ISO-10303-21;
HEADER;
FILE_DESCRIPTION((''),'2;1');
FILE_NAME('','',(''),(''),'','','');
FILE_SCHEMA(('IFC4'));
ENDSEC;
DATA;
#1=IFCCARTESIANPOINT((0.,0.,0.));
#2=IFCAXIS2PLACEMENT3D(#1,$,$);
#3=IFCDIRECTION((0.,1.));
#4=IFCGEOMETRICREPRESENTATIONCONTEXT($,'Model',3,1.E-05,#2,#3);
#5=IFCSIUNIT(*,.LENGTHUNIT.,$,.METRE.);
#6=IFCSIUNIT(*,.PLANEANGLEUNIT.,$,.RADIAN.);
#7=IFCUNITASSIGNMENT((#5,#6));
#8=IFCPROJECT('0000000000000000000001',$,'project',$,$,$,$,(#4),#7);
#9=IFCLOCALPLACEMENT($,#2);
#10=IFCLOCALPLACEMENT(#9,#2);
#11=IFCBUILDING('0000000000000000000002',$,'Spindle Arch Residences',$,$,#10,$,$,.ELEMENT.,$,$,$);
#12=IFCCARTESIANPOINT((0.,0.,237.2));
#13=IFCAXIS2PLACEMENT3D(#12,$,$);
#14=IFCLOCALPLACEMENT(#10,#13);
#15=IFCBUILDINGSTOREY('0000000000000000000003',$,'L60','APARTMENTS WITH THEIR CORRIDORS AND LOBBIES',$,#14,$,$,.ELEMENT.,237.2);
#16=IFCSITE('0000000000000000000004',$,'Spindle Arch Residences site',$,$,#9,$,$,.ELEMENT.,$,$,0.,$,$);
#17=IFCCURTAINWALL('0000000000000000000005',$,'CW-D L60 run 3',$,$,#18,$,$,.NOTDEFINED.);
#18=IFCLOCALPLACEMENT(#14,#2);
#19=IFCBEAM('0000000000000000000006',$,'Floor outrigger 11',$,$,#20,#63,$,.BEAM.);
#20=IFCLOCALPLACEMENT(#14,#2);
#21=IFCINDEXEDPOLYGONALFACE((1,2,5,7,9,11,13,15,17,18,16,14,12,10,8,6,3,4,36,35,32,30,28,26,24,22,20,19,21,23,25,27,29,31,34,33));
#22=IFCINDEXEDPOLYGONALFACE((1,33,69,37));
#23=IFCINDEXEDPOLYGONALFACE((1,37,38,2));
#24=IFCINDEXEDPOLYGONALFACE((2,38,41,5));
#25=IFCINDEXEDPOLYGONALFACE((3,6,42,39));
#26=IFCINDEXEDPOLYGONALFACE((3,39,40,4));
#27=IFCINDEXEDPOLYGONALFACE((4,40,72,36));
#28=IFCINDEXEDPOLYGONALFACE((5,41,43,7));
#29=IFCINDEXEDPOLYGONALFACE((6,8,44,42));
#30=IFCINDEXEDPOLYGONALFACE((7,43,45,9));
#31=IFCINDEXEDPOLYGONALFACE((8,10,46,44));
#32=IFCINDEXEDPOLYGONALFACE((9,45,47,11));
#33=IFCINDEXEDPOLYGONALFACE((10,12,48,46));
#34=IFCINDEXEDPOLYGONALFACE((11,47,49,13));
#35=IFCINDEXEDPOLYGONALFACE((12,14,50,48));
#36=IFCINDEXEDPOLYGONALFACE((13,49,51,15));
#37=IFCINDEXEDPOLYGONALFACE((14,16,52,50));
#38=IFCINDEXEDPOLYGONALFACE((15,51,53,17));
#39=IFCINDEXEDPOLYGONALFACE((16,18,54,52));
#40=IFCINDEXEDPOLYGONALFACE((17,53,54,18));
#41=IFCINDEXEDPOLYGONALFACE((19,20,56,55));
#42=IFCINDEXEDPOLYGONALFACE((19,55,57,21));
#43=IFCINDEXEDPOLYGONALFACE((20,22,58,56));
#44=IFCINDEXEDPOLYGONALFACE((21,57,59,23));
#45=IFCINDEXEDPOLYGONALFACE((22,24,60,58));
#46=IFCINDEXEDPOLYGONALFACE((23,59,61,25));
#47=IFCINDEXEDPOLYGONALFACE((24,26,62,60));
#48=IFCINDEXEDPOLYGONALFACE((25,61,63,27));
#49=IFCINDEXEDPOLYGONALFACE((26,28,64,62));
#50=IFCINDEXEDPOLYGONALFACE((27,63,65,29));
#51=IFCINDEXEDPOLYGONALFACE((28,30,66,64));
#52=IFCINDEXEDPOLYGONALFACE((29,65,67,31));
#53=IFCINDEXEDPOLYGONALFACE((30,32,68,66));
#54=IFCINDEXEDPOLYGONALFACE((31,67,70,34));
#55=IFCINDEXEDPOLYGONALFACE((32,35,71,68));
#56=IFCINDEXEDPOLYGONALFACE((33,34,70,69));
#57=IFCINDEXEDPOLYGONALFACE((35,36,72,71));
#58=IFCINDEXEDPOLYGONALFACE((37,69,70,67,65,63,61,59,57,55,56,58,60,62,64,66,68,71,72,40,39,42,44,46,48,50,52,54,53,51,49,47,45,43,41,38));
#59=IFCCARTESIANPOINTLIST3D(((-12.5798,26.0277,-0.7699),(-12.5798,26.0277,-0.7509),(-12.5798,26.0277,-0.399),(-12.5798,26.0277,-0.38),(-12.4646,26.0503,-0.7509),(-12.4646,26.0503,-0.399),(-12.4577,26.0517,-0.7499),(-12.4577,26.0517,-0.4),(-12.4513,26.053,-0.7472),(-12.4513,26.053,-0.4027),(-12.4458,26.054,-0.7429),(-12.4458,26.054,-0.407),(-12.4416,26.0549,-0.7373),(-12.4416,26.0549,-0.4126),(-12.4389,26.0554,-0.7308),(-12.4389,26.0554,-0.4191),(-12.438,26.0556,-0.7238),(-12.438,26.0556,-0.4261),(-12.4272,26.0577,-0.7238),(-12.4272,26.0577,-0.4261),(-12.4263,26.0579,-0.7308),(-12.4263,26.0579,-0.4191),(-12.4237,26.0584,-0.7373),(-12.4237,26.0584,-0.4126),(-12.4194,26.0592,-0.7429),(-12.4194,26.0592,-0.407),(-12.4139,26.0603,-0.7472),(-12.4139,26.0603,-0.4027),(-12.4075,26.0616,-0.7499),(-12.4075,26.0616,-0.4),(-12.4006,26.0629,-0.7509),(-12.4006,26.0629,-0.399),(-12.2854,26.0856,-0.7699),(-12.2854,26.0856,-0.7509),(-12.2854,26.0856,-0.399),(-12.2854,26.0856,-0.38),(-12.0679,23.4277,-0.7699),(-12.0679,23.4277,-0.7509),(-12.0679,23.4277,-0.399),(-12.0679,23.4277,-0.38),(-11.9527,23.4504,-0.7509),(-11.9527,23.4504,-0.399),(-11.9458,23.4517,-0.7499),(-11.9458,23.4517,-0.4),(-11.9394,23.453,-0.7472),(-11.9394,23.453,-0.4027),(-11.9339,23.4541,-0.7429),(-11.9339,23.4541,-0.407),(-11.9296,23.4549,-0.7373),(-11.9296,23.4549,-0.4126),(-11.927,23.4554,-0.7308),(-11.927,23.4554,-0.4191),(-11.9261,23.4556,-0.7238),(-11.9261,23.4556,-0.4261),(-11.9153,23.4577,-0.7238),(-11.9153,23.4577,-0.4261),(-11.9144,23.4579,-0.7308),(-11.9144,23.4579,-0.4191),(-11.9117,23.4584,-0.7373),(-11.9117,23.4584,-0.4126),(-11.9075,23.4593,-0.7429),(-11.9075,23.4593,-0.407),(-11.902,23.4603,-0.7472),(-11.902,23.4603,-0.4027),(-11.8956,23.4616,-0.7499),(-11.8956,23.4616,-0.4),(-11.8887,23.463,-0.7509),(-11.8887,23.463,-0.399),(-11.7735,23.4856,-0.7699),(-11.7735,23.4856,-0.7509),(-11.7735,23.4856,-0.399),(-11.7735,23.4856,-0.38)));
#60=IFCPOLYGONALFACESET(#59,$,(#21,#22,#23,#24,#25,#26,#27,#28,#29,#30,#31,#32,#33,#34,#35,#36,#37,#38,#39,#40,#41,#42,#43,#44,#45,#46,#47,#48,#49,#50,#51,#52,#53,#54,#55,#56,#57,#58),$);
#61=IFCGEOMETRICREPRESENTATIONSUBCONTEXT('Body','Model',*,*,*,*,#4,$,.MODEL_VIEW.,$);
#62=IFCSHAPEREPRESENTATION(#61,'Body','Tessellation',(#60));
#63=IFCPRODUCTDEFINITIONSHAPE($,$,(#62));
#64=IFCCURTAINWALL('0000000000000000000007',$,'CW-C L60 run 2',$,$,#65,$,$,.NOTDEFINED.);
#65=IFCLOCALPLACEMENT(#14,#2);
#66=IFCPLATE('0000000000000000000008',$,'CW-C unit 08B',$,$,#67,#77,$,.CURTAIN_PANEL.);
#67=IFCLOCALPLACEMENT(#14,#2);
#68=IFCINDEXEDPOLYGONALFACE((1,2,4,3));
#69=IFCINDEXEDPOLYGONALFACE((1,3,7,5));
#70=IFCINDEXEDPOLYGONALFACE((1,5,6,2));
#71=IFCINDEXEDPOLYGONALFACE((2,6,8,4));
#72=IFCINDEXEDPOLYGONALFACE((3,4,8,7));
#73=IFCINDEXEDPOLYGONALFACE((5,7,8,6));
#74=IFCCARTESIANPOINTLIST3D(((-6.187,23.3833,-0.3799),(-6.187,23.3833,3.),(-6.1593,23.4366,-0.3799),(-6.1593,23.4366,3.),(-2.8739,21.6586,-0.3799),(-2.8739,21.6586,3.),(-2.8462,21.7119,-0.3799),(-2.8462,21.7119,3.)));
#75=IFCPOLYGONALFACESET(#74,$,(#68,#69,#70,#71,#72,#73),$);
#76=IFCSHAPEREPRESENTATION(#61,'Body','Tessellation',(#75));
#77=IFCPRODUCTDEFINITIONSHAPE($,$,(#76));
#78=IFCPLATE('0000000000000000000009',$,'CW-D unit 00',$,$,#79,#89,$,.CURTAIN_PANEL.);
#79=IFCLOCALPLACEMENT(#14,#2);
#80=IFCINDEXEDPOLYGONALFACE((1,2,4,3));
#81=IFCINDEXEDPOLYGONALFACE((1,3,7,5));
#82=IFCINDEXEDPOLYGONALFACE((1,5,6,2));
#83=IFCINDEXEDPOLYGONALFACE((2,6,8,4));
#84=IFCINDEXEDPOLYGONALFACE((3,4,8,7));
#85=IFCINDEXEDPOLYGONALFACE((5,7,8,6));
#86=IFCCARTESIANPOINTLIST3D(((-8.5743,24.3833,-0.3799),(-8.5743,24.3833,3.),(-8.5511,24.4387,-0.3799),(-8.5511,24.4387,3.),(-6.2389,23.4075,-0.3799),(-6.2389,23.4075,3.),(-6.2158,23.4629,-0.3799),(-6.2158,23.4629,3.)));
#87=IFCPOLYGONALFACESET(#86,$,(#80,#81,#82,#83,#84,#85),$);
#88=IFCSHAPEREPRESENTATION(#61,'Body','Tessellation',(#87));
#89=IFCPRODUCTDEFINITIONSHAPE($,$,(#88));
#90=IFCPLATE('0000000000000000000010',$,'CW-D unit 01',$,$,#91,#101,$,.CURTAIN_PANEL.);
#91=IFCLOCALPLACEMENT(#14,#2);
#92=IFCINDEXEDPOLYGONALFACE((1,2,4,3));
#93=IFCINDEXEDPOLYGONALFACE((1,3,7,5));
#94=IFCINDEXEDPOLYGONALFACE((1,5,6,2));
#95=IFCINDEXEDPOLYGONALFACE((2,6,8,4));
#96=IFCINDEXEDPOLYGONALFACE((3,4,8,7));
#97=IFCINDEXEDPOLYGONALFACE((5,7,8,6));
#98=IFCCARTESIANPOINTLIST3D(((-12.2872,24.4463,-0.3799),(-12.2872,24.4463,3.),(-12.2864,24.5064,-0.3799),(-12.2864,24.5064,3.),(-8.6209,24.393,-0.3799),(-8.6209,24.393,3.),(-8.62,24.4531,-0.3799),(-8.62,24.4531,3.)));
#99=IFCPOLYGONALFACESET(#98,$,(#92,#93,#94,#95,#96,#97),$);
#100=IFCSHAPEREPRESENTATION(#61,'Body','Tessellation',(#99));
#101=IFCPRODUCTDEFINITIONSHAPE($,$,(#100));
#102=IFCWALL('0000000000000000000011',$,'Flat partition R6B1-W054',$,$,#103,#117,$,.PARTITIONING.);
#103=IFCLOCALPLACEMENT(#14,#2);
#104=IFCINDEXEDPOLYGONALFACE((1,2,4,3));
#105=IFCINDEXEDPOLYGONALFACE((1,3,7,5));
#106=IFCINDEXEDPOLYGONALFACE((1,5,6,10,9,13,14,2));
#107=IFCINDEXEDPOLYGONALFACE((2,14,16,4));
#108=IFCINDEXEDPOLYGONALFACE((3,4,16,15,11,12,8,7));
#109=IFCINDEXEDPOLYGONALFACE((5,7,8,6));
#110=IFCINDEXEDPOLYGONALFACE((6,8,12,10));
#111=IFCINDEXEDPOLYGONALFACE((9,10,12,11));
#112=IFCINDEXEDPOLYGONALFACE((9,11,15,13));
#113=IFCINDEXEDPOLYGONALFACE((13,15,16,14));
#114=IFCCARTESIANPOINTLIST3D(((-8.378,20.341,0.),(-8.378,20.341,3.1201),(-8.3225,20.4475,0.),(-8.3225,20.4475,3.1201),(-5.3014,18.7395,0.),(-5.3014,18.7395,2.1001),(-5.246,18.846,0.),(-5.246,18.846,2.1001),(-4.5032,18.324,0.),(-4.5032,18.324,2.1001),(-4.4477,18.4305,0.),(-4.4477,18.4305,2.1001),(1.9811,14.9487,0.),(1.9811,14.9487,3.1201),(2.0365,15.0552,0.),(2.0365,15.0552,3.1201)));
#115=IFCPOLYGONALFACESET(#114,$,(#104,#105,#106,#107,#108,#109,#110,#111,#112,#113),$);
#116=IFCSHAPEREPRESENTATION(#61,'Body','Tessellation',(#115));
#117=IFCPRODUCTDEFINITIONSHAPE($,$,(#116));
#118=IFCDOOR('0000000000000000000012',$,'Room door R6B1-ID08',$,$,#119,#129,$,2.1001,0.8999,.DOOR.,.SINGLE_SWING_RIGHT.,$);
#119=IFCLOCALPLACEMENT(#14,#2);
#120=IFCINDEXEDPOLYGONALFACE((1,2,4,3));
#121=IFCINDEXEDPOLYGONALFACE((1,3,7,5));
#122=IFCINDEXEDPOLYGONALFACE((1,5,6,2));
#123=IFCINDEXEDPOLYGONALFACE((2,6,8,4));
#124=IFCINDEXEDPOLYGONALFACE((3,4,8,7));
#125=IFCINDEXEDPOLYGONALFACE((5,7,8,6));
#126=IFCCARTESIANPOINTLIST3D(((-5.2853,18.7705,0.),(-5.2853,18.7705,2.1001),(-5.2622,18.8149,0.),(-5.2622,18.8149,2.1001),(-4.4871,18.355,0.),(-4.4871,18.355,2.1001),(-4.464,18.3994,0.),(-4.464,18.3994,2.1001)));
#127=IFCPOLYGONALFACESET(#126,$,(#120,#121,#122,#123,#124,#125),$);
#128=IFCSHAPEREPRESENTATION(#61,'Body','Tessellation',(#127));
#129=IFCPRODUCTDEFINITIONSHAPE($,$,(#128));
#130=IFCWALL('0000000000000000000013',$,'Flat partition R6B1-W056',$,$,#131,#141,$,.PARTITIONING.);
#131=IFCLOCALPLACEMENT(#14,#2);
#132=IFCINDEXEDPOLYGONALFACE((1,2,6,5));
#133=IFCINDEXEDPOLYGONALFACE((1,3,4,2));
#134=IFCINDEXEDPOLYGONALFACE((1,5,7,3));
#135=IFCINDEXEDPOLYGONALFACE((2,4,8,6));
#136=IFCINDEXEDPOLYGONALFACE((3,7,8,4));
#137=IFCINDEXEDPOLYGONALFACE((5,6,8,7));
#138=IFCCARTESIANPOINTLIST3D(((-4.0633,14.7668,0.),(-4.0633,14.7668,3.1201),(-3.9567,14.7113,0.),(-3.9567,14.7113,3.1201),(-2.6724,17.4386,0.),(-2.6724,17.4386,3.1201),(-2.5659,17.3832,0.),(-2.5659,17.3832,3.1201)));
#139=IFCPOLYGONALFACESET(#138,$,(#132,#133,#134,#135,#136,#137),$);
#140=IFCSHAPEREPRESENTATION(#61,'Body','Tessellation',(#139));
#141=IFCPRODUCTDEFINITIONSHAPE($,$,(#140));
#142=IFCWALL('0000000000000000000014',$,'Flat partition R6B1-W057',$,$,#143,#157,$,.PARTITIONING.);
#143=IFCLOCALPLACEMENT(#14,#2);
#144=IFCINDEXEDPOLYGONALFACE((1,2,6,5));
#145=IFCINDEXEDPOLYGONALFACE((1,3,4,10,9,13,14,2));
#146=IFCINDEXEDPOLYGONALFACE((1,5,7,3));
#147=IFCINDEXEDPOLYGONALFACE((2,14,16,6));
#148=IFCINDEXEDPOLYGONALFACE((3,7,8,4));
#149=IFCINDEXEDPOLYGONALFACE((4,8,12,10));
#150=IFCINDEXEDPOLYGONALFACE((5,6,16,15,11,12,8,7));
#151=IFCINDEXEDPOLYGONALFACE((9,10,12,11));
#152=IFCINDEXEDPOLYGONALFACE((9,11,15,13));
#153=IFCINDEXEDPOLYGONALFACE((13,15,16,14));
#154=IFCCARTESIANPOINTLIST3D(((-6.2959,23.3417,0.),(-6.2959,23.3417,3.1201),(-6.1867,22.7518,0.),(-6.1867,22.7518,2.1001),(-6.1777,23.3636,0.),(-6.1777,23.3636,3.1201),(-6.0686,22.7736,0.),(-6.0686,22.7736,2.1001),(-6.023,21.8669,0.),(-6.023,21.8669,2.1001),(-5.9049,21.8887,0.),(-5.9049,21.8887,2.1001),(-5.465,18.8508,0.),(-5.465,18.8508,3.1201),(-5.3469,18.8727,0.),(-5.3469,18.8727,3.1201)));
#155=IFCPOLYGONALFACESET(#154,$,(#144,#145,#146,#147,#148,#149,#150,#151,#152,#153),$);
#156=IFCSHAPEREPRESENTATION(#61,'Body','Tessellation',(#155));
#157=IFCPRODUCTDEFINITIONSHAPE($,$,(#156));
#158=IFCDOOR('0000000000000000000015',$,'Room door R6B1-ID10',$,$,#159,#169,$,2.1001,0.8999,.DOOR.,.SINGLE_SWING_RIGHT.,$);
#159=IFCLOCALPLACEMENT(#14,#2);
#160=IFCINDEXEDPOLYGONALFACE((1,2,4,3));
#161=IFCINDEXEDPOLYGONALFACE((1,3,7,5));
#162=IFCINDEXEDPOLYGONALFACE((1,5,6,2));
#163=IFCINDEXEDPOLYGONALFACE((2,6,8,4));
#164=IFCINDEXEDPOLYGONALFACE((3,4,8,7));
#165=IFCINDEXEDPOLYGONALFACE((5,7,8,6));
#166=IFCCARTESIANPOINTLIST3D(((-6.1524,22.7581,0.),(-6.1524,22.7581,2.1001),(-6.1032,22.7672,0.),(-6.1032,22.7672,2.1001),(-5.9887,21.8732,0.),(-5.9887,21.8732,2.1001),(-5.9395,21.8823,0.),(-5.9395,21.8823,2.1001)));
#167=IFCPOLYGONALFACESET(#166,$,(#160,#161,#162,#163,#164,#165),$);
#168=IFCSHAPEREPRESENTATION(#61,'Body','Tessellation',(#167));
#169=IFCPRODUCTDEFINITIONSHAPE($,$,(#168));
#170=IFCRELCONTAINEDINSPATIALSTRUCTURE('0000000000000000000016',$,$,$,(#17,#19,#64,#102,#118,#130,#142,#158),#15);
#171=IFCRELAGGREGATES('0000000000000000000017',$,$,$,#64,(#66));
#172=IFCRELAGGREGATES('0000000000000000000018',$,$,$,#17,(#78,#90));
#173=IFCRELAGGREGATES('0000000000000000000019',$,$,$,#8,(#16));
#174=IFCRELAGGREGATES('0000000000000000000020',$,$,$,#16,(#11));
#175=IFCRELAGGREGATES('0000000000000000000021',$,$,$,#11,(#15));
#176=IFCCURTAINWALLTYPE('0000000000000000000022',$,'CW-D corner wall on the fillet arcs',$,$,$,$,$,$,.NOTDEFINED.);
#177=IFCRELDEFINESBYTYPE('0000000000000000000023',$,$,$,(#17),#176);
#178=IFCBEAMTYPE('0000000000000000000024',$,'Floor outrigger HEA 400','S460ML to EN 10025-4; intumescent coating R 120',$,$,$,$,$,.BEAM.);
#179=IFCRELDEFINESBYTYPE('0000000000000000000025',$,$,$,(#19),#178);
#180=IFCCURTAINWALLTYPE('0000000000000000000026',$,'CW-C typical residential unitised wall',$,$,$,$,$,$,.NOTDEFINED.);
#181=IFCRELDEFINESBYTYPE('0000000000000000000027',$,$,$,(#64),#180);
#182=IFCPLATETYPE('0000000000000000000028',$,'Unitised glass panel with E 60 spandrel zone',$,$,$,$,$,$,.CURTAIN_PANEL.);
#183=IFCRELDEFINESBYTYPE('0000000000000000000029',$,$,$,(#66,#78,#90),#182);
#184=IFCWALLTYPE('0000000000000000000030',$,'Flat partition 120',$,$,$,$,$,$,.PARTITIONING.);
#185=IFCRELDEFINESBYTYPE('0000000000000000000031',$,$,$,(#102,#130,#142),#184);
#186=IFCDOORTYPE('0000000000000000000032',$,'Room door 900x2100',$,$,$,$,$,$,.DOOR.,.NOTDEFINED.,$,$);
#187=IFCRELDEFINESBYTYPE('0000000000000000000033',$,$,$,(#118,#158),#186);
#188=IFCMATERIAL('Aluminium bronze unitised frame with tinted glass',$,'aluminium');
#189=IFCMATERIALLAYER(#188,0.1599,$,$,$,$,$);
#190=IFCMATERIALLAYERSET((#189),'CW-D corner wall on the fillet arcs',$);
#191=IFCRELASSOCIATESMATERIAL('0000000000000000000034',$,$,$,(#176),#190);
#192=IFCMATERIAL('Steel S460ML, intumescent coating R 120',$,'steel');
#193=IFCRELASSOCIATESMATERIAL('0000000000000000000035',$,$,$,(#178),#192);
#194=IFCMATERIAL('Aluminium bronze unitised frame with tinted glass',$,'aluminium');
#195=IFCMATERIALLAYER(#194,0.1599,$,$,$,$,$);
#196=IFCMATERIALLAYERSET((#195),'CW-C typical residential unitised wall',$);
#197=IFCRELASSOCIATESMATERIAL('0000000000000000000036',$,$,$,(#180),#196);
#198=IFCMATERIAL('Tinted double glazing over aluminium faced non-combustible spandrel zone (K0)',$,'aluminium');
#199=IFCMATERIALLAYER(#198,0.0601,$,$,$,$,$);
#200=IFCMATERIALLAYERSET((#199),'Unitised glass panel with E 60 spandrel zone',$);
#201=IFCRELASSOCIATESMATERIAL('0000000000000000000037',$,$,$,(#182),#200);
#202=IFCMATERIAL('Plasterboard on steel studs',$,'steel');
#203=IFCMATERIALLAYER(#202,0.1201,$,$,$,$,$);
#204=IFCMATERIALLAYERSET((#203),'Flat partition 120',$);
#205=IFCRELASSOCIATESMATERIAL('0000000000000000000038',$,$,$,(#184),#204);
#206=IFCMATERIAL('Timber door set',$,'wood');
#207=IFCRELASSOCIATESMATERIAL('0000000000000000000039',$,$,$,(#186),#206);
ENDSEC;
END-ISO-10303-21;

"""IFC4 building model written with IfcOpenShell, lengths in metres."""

from ifc_helpers import new_model, si_unit, direction, frame, frame_2d, origin, origin_2d, place, context, subcontext, project, spatial, rectangle, i_section, extrude, material, layer, layer_set, material_profile, profile_set, type_object, element, fill, aggregate, save


model = new_model("IFC4")

# Units and contexts
model_context = context("Model", 3, precision=1e-05, world=origin(), true_north=direction((0.0, 1.0)))
body_context = subcontext(model_context, "Body", "Model", "MODEL_VIEW")
ifc_project = project(units=[si_unit("LENGTHUNIT", "METRE"), si_unit("PLANEANGLEUNIT", "RADIAN")], contexts=[model_context])

# Site, building, storey
site_placement = place(None, origin())
site = spatial("IfcSite", under=ifc_project, at=site_placement, Name="Spindle Arch Residences site", CompositionType="ELEMENT", RefElevation=0.0)
building_placement = place(site_placement, origin())
building = spatial("IfcBuilding", under=site, at=building_placement, Name="Spindle Arch Residences", CompositionType="ELEMENT")
storey_placement = place(building_placement, frame((0.0, 0.0, 237.2)))
storey = spatial("IfcBuildingStorey", under=building, at=storey_placement, Name="L60", Description="APARTMENTS WITH THEIR CORRIDORS AND LOBBIES", CompositionType="ELEMENT", Elevation=237.2)

# Curtain wall
ifc_material_1 = material(Name="Aluminium bronze unitised frame with tinted glass", Category="aluminium")
ifc_layer_1 = layer(ifc_material_1, 0.1599)
ifc_layer_set_1 = layer_set([ifc_layer_1], Name="CW-D corner wall on the fillet arcs")
curtain_wall_type_1 = type_object("IfcCurtainWallType", Name="CW-D corner wall on the fillet arcs", PredefinedType="NOTDEFINED", material=ifc_layer_set_1)
curtain_wall_1_placement = place(storey_placement, origin())
curtain_wall_1 = element("IfcCurtainWall", 1, at=curtain_wall_1_placement, inside=storey, type_object=curtain_wall_type_1, Name="CW-D L60 run 3", PredefinedType="NOTDEFINED")

# Beam
ifc_material_2 = material(Name="Steel S460ML, intumescent coating R 120", Category="steel")
ifc_material_profile_1 = material_profile(ifc_material_2, i_section(OverallWidth=0.3, OverallDepth=0.3899, WebThickness=0.011, FlangeThickness=0.019, FilletRadius=0.0271, at=origin_2d()), Name="HEA 400")
ifc_profile_set_1 = profile_set([ifc_material_profile_1], Name="Steel S460ML, intumescent coating R 120")
beam_type_1 = type_object("IfcBeamType", Name="Floor outrigger HEA 400", Description="S460ML to EN 10025-4; intumescent coating R 120", PredefinedType="BEAM", material=ifc_profile_set_1)
beam_1_placement = place(storey_placement, frame((-12.4326, 26.0566, -0.575), z_axis=(0.193192, -0.981161, 0.0), x_axis=(0.981161, 0.193192, 0.0)))
element("IfcBeam", 2, at=beam_1_placement, inside=storey, type_object=beam_type_1, Name="Floor outrigger 11", PredefinedType="BEAM", context=body_context, shape_type="SweptSolid", body=[
    extrude(i_section(OverallWidth=0.3, OverallDepth=0.3899, WebThickness=0.011, FlangeThickness=0.019, FilletRadius=0.0271, at=origin_2d()), origin(), (0.0, 0.0, 1.0), 2.6499),
])

# Curtain wall, plate
ifc_material_3 = material(Name="Aluminium bronze unitised frame with tinted glass", Category="aluminium")
ifc_layer_2 = layer(ifc_material_3, 0.1599)
ifc_layer_set_2 = layer_set([ifc_layer_2], Name="CW-C typical residential unitised wall")
curtain_wall_type_2 = type_object("IfcCurtainWallType", Name="CW-C typical residential unitised wall", PredefinedType="NOTDEFINED", material=ifc_layer_set_2)
curtain_wall_2_placement = place(storey_placement, origin())
curtain_wall_2 = element("IfcCurtainWall", 3, at=curtain_wall_2_placement, inside=storey, type_object=curtain_wall_type_2, Name="CW-C L60 run 2", PredefinedType="NOTDEFINED")
ifc_material_4 = material(Name="Tinted double glazing over aluminium faced non-combustible spandrel zone (K0)", Category="aluminium")
ifc_layer_3 = layer(ifc_material_4, 0.0601)
ifc_layer_set_3 = layer_set([ifc_layer_3], Name="Unitised glass panel with E 60 spandrel zone")
plate_type = type_object("IfcPlateType", Name="Unitised glass panel with E 60 spandrel zone", PredefinedType="CURTAIN_PANEL", material=ifc_layer_set_3)
plate_1_placement = place(storey_placement, frame((-4.5166, 22.5476, -0.3799), z_axis=(0.0, 0.0, 1.0), x_axis=(-0.887011, 0.461749, 0.0)))
plate_1 = element("IfcPlate", 4, at=plate_1_placement, type_object=plate_type, Name="CW-C unit 08B", PredefinedType="CURTAIN_PANEL", context=body_context, shape_type="SweptSolid", body=[
    extrude(rectangle(XDim=3.7351, YDim=0.0601, at=origin_2d()), origin(), (0.0, 0.0, 1.0), 3.3799),
])
aggregate(curtain_wall_2, [plate_1])

# Plates
plate_2_placement = place(storey_placement, frame((-7.395, 23.9231, -0.3799), z_axis=(0.0, 0.0, 1.0), x_axis=(-0.922686, 0.385552, 0.0)))
plate_2 = element("IfcPlate", 5, at=plate_2_placement, type_object=plate_type, Name="CW-D unit 00", PredefinedType="CURTAIN_PANEL", context=body_context, shape_type="SweptSolid", body=[
    extrude(rectangle(XDim=2.531, YDim=0.0601, at=origin_2d()), origin(), (0.0, 0.0, 1.0), 3.3799),
])
plate_3_placement = place(storey_placement, frame((-10.4536, 24.4497, -0.3799), z_axis=(0.0, 0.0, 1.0), x_axis=(-0.999894, 0.014544, 0.0)))
plate_3 = element("IfcPlate", 6, at=plate_3_placement, type_object=plate_type, Name="CW-D unit 01", PredefinedType="CURTAIN_PANEL", context=body_context, shape_type="SweptSolid", body=[
    extrude(rectangle(XDim=3.6667, YDim=0.0601, at=origin_2d()), origin(), (0.0, 0.0, 1.0), 3.3799),
])
aggregate(curtain_wall_1, [plate_2, plate_3])

# Wall, opening, door
ifc_material_5 = material(Name="Plasterboard on steel studs", Category="steel")
ifc_layer_4 = layer(ifc_material_5, 0.1201)
ifc_layer_set_4 = layer_set([ifc_layer_4], Name="Flat partition 120")
wall_type = type_object("IfcWallType", Name="Flat partition 120", PredefinedType="PARTITIONING", material=ifc_layer_set_4)
wall_1_placement = place(storey_placement, frame((-8.3503, 20.3943, 0.0), z_axis=(0.0, 0.0, 1.0), x_axis=(0.887021, -0.461729, 0.0)))
wall_1 = element("IfcWall", 7, at=wall_1_placement, inside=storey, type_object=wall_type, Name="Flat partition R6B1-W054", PredefinedType="PARTITIONING", context=body_context, shape_type="SweptSolid", body=[
    extrude(rectangle(XDim=11.6785, YDim=0.1201, at=frame_2d((5.8394, 0.0))), origin(), (0.0, 0.0, 1.0), 3.1201),
])
opening_1_placement = place(wall_1_placement, frame((3.4685, 0.0, 0.0)))
opening_1 = element("IfcOpeningElement", 8, at=opening_1_placement, cuts=wall_1, PredefinedType="OPENING", context=body_context, shape_type="SweptSolid", body=[
    extrude(rectangle(XDim=0.8999, YDim=2.1001, at=frame_2d((0.45, 1.05))), frame((0.0, 0.0701, 0.0), z_axis=(0.0, -1.0, 0.0), x_axis=(1.0, 0.0, 0.0)), (0.0, 0.0, 1.0), 0.1401),
])
ifc_material_6 = material(Name="Timber door set", Category="wood")
door_type = type_object("IfcDoorType", Name="Room door 900x2100", OperationType="NOTDEFINED", PredefinedType="DOOR", material=ifc_material_6)
door_1_placement = place(opening_1_placement, origin())
door_1 = element("IfcDoor", 9, at=door_1_placement, inside=storey, type_object=door_type, Name="Room door R6B1-ID08", OperationType="SINGLE_SWING_RIGHT", OverallHeight=2.1001, OverallWidth=0.8999, PredefinedType="DOOR", context=body_context, shape_type="SweptSolid", body=[
    extrude(rectangle(XDim=0.8999, YDim=2.1001, at=frame_2d((0.45, 1.05))), frame((0.0, 0.0249, 0.0), z_axis=(0.0, -1.0, 0.0), x_axis=(1.0, 0.0, 0.0)), (0.0, 0.0, 1.0), 0.05),
])
fill(opening_1, door_1)

# Wall
wall_2_placement = place(storey_placement, frame((-2.6191, 17.4109, 0.0), z_axis=(0.0, 0.0, 1.0), x_axis=(-0.461743, -0.887014, 0.0)))
element("IfcWall", 10, at=wall_2_placement, inside=storey, type_object=wall_type, Name="Flat partition R6B1-W056", PredefinedType="PARTITIONING", context=body_context, shape_type="SweptSolid", body=[
    extrude(rectangle(XDim=3.0122, YDim=0.1201, at=frame_2d((1.5061, 0.0))), origin(), (0.0, 0.0, 1.0), 3.1201),
])

# Wall, opening, door
wall_3_placement = place(storey_placement, frame((-6.2368, 23.3528, 0.0), z_axis=(0.0, 0.0, 1.0), x_axis=(0.181909, -0.983315, 0.0)))
wall_3 = element("IfcWall", 11, at=wall_3_placement, inside=storey, type_object=wall_type, Name="Flat partition R6B1-W057", PredefinedType="PARTITIONING", context=body_context, shape_type="SweptSolid", body=[
    extrude(rectangle(XDim=4.5671, YDim=0.1201, at=frame_2d((2.2837, 0.0))), origin(), (0.0, 0.0, 1.0), 3.1201),
])
opening_2_placement = place(wall_3_placement, frame((0.6001, 0.0, 0.0)))
opening_2 = element("IfcOpeningElement", 12, at=opening_2_placement, cuts=wall_3, PredefinedType="OPENING", context=body_context, shape_type="SweptSolid", body=[
    extrude(rectangle(XDim=0.8999, YDim=2.1001, at=frame_2d((0.45, 1.05))), frame((0.0, 0.0701, 0.0), z_axis=(0.0, -1.0, 0.0), x_axis=(1.0, 0.0, 0.0)), (0.0, 0.0, 1.0), 0.1401),
])
door_2_placement = place(opening_2_placement, origin())
door_2 = element("IfcDoor", 13, at=door_2_placement, inside=storey, type_object=door_type, Name="Room door R6B1-ID10", OperationType="SINGLE_SWING_RIGHT", OverallHeight=2.1001, OverallWidth=0.8999, PredefinedType="DOOR", context=body_context, shape_type="SweptSolid", body=[
    extrude(rectangle(XDim=0.8999, YDim=2.1001, at=frame_2d((0.45, 1.05))), frame((0.0, 0.0249, 0.0), z_axis=(0.0, -1.0, 0.0), x_axis=(1.0, 0.0, 0.0)), (0.0, 0.0, 1.0), 0.05),
])
fill(opening_2, door_2)

save(model, "model.ifc")
